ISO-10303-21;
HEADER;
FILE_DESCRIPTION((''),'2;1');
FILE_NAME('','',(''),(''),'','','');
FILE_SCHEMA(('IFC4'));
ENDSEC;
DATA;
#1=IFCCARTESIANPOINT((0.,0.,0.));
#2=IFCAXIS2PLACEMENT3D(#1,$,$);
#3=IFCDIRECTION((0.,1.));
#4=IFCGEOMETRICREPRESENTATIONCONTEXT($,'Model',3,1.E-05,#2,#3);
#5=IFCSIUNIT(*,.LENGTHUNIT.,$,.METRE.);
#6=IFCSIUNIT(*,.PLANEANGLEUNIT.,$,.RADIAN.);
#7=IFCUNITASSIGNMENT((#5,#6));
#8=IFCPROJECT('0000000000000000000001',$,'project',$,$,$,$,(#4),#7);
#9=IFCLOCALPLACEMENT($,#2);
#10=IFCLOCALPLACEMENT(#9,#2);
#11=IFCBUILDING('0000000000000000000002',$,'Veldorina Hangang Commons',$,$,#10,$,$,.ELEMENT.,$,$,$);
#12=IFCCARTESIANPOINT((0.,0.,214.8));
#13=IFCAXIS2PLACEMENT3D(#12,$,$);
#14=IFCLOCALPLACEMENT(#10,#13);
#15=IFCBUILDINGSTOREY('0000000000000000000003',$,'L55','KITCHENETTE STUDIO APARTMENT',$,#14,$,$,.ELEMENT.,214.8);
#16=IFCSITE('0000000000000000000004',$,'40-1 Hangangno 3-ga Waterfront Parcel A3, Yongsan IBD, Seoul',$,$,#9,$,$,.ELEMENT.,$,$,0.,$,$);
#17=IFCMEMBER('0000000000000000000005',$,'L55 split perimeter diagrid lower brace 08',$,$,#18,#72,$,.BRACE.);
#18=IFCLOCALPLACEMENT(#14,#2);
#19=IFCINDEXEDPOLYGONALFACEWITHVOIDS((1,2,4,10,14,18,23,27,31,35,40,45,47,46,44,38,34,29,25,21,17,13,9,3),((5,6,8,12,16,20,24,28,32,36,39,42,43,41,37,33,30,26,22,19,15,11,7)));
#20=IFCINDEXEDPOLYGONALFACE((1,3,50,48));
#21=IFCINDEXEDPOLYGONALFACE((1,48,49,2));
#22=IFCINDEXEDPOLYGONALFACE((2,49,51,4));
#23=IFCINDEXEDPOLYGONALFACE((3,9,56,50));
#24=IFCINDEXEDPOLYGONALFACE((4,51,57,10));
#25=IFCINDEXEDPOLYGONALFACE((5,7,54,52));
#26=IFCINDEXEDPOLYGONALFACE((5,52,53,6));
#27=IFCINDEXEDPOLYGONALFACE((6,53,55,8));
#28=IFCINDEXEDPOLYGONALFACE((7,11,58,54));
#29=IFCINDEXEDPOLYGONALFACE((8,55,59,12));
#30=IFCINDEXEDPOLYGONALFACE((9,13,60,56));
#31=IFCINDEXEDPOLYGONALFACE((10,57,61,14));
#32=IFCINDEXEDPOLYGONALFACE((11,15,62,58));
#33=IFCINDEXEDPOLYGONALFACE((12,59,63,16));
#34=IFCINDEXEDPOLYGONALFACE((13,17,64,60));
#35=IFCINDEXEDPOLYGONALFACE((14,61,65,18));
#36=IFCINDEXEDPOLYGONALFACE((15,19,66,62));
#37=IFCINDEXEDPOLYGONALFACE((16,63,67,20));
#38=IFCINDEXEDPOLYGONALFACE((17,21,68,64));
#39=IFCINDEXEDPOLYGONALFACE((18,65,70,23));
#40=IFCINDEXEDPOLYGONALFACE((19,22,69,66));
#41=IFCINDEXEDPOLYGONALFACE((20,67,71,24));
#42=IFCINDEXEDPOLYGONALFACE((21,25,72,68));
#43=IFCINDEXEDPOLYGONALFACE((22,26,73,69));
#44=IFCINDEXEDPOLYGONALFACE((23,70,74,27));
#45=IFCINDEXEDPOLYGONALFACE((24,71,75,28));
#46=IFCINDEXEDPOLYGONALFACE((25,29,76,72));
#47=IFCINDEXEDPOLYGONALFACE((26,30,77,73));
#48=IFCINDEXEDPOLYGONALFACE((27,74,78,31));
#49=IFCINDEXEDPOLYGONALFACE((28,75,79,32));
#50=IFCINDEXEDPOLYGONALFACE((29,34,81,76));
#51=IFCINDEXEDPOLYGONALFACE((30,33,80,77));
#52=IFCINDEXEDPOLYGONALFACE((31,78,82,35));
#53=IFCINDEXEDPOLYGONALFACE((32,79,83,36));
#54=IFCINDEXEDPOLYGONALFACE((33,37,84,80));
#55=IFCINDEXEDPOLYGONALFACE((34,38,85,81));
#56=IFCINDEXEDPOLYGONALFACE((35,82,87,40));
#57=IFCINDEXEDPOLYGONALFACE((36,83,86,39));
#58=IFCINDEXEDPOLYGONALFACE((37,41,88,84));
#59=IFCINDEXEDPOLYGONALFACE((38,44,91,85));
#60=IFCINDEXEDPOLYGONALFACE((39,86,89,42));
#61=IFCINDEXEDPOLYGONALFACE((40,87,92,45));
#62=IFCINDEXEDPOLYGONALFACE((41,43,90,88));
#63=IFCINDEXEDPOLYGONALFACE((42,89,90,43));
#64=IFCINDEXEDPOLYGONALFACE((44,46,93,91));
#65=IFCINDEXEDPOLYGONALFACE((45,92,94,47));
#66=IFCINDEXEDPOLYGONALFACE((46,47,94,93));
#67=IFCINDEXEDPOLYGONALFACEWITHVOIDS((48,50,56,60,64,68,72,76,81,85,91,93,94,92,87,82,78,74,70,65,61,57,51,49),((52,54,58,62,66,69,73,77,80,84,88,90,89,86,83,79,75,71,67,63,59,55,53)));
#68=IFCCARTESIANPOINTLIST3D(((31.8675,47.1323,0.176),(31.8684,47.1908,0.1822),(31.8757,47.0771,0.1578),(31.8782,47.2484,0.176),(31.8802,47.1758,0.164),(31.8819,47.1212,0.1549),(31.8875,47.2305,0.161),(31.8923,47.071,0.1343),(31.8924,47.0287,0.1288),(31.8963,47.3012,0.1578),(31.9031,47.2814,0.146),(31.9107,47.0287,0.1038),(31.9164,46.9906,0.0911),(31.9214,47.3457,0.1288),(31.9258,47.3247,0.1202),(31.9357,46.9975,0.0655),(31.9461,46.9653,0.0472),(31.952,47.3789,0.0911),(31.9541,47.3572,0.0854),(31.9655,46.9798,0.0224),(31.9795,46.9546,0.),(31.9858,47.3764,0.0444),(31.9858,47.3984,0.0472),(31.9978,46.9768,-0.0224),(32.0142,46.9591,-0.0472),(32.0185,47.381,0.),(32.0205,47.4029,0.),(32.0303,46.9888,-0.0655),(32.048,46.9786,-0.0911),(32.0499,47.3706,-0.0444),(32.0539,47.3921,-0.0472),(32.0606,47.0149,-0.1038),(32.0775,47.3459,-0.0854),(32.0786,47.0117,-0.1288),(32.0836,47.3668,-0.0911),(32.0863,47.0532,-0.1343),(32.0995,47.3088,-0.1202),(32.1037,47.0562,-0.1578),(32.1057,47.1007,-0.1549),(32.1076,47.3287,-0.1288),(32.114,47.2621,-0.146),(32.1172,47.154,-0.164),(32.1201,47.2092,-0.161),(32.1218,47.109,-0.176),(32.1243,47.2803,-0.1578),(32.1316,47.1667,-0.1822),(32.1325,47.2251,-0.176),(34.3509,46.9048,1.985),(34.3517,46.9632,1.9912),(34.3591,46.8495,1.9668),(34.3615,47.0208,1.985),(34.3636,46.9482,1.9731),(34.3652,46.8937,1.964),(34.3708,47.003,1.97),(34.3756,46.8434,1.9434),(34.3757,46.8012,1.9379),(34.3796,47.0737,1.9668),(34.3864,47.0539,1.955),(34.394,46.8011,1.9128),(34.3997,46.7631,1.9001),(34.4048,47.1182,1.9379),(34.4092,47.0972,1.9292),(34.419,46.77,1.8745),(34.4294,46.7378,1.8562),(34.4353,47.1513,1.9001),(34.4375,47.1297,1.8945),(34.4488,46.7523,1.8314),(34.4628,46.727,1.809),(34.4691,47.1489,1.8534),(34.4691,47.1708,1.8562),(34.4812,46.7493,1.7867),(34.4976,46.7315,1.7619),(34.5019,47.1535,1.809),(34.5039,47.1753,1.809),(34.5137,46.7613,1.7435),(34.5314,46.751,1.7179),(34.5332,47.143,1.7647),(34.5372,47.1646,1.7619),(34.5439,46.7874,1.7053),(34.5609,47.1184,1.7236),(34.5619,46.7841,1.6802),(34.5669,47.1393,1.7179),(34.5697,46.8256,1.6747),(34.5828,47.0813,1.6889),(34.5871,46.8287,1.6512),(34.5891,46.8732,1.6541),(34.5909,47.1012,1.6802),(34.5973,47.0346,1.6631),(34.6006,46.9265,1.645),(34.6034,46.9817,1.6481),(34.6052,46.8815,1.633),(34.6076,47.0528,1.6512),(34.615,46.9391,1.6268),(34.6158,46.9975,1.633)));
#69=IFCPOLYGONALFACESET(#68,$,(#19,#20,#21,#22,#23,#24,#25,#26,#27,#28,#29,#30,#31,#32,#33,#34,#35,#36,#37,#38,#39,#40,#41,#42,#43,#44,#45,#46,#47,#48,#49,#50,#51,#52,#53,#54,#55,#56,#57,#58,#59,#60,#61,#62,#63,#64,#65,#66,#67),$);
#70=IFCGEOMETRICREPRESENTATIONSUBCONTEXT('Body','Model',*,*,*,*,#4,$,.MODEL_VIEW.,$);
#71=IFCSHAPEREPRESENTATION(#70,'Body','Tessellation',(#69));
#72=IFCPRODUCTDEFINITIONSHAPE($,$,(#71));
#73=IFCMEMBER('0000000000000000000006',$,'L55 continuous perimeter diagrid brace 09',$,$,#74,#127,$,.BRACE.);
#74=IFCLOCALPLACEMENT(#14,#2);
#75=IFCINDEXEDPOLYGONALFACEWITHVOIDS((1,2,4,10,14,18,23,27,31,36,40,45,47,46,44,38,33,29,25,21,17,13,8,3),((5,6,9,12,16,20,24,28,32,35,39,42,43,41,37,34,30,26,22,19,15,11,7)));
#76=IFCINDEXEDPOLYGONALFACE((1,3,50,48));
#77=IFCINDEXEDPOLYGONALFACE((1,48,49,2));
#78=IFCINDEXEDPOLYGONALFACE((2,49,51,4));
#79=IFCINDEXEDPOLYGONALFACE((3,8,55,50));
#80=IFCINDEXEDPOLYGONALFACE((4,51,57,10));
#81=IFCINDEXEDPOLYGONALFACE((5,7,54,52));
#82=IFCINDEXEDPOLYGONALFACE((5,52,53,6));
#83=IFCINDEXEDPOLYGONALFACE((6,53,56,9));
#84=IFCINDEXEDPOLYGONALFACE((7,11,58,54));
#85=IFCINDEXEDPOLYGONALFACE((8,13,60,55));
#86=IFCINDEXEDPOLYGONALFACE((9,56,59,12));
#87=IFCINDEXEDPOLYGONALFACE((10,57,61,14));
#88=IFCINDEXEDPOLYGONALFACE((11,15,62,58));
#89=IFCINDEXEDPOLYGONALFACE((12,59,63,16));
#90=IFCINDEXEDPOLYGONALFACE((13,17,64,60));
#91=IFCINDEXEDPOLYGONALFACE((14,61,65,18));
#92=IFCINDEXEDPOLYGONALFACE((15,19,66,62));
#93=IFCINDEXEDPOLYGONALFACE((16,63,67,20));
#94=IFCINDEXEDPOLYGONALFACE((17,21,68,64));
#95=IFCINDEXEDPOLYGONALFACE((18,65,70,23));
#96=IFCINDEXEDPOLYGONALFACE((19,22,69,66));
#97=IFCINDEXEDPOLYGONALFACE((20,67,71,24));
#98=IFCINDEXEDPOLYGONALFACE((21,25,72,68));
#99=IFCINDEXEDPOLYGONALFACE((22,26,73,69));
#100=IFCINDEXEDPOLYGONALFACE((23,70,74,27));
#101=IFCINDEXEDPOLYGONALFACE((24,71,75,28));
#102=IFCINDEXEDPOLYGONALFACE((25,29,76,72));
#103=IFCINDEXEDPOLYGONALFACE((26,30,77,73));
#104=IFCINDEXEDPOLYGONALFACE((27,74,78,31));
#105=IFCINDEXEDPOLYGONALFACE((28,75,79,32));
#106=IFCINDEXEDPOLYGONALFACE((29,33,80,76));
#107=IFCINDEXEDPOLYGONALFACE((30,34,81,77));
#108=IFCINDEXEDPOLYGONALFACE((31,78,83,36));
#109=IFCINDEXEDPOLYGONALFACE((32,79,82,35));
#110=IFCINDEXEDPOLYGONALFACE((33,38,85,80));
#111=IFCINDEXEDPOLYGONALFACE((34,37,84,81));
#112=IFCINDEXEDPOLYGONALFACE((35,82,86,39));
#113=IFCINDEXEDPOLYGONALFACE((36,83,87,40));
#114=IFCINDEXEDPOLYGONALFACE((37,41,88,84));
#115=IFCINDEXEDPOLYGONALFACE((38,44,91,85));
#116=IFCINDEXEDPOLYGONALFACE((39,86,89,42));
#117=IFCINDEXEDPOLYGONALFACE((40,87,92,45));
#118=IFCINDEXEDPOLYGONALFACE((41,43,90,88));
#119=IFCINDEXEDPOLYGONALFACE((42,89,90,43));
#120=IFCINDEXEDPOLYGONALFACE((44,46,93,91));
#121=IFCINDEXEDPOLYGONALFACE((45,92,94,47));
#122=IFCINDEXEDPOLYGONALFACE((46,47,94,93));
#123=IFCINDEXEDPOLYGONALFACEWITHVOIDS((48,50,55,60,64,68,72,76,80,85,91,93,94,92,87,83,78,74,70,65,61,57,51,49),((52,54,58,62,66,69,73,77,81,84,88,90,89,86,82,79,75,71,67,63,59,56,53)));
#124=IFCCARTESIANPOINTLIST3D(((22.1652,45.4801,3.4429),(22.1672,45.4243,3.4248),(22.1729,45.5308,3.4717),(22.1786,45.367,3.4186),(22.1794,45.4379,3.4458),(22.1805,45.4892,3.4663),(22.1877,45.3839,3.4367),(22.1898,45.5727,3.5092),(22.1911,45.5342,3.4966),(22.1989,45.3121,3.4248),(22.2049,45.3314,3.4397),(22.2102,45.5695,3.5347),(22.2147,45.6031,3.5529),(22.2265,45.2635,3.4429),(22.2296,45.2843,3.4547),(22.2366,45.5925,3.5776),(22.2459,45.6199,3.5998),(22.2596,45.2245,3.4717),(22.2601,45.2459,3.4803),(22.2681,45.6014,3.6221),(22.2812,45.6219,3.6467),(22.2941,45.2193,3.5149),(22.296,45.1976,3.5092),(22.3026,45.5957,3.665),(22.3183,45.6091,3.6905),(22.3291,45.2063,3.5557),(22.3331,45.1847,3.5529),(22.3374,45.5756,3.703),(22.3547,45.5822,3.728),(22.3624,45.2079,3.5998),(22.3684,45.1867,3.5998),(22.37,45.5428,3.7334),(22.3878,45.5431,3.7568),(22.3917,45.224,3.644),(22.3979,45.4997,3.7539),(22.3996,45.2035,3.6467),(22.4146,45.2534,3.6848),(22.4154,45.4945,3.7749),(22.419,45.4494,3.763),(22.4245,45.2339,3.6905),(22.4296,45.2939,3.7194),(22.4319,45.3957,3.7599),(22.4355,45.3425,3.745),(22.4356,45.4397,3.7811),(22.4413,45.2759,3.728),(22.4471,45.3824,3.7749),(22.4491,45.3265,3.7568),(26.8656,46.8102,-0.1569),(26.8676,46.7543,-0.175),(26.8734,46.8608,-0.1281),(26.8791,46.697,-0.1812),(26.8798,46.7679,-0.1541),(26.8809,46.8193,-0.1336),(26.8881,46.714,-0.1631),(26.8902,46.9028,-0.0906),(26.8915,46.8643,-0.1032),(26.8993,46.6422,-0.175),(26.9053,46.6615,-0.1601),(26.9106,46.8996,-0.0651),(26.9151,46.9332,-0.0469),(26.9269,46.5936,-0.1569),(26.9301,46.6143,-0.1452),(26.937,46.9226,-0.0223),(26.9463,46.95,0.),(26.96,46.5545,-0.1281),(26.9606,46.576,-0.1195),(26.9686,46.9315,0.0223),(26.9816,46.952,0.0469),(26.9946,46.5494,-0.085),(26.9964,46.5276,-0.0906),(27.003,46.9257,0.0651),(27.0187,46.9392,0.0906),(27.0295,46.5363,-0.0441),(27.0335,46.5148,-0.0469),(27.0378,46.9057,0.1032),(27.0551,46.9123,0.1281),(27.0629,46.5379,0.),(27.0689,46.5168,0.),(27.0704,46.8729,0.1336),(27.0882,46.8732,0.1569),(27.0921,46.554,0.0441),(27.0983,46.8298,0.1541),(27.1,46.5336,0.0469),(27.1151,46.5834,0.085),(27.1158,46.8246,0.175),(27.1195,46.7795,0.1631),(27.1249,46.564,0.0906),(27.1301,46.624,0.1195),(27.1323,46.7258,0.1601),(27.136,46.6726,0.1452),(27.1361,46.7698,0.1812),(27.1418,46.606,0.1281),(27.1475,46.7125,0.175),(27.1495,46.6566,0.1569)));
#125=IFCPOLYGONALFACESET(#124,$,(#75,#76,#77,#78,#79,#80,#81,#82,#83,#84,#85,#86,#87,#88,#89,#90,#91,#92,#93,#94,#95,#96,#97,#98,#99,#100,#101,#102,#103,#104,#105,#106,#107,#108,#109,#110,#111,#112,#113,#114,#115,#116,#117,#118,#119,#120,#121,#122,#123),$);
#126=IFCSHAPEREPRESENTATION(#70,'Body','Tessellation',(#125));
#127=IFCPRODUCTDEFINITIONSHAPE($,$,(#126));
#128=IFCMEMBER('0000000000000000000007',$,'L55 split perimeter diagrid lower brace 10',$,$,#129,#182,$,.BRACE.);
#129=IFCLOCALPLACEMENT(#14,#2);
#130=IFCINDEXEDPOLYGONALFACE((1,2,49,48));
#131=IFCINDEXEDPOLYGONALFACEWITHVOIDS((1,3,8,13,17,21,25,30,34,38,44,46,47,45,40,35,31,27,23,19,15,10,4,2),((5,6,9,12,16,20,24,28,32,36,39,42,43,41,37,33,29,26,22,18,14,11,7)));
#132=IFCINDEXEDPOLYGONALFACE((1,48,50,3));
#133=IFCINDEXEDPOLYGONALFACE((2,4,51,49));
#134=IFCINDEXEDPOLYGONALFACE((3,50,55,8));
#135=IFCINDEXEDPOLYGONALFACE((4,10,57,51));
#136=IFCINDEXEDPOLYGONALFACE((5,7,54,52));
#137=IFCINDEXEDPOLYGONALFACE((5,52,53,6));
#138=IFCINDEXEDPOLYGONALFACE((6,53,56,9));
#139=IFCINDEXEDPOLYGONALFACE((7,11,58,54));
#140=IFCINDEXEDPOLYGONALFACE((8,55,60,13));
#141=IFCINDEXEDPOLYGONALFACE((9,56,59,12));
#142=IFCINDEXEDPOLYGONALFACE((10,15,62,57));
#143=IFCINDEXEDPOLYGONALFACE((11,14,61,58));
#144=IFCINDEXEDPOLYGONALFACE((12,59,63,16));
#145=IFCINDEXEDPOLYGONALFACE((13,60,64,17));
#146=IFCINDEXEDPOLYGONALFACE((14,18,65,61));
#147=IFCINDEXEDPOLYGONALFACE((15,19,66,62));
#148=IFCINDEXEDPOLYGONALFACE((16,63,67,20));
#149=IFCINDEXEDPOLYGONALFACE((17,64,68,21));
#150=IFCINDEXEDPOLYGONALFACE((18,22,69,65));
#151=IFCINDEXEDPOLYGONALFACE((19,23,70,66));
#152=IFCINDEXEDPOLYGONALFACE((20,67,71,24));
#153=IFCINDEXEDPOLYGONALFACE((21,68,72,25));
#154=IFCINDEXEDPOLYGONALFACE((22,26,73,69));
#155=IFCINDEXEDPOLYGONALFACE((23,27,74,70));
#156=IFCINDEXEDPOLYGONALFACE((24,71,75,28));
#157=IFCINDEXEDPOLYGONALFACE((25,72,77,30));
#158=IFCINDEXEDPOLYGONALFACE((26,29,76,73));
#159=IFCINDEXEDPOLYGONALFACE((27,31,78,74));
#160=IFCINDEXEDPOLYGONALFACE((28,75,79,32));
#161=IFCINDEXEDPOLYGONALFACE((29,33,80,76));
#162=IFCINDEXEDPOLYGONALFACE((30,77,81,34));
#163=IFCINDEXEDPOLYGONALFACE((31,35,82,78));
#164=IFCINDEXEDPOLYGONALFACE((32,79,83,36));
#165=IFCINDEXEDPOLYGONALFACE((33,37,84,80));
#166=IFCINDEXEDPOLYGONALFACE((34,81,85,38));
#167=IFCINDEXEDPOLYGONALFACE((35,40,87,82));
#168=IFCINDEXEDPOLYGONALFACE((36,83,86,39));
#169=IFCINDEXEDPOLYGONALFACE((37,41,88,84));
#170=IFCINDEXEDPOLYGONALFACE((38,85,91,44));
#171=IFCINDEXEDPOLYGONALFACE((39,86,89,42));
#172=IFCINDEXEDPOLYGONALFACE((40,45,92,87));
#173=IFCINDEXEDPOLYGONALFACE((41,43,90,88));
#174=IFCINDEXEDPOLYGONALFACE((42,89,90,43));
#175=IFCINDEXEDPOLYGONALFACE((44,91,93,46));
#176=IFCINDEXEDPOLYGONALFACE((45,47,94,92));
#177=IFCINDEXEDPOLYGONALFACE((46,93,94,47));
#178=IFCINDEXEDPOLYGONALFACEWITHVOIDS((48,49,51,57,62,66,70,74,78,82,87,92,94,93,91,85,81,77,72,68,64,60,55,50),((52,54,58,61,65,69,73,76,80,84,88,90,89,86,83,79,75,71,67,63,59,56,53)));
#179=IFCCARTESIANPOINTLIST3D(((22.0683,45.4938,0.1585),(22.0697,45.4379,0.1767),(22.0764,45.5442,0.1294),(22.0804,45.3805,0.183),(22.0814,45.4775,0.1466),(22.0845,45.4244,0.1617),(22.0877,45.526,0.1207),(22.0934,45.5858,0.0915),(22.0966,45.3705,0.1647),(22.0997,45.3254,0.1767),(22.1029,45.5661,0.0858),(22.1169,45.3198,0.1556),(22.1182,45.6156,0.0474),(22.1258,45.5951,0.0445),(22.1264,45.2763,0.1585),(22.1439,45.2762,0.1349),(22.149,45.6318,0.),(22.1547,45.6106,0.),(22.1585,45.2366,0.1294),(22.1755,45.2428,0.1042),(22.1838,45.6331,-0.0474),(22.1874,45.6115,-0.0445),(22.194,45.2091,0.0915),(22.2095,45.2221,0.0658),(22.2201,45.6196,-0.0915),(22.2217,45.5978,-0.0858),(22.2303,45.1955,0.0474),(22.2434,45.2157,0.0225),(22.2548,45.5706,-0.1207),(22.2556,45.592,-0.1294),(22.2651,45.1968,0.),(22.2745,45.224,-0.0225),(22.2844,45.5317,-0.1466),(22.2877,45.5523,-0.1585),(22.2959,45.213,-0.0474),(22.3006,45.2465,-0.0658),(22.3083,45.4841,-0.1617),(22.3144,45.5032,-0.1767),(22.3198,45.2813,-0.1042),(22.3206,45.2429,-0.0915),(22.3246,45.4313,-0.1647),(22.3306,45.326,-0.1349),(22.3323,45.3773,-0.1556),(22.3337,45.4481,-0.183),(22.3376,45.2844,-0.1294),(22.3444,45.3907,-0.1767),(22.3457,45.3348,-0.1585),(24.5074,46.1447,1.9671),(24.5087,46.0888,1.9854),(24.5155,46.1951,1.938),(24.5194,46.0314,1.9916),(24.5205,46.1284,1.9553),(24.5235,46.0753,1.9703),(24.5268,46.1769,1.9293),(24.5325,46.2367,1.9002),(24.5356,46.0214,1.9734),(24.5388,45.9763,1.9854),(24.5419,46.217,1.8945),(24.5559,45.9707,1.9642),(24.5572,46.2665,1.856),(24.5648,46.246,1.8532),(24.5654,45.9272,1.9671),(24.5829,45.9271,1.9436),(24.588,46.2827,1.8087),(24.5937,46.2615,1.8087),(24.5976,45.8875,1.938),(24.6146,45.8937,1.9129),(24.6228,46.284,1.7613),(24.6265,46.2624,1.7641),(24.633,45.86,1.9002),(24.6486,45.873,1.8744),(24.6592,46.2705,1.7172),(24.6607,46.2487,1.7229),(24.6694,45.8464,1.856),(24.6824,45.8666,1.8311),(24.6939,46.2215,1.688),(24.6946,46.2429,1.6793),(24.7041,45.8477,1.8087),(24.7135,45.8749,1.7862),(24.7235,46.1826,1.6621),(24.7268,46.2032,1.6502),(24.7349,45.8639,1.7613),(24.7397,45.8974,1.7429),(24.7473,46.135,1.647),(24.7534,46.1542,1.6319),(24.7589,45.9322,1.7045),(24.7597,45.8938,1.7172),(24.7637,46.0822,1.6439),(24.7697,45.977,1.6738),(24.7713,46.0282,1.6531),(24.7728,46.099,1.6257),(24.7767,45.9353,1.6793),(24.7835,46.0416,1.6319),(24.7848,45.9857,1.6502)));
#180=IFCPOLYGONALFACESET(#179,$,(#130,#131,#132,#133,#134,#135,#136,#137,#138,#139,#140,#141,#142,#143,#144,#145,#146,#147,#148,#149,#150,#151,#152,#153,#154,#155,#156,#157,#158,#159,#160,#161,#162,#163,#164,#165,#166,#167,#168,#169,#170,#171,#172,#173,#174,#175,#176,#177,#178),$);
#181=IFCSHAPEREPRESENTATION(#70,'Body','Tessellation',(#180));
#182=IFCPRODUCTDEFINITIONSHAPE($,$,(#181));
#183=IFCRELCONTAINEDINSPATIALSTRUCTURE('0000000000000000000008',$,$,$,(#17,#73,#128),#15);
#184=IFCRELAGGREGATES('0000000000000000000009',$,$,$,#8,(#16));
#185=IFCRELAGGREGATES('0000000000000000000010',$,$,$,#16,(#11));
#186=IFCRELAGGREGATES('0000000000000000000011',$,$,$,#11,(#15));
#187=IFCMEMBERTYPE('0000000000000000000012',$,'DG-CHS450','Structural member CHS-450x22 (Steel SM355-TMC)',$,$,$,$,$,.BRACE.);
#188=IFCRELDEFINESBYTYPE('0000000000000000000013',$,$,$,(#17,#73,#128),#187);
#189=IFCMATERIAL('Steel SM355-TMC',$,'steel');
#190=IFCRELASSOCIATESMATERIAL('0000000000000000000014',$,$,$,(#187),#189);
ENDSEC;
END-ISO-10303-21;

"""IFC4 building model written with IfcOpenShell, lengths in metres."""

from ifc_helpers import new_model, si_unit, direction, frame, origin, origin_2d, place, context, subcontext, project, spatial, hollow_circle, extrude, material, material_profile, profile_set, type_object, element, save


model = new_model("IFC4")

# Units and contexts
model_context = context("Model", 3, precision=1e-05, world=origin(), true_north=direction((0.0, 1.0)))
body_context = subcontext(model_context, "Body", "Model", "MODEL_VIEW")
ifc_project = project(units=[si_unit("LENGTHUNIT", "METRE"), si_unit("PLANEANGLEUNIT", "RADIAN")], contexts=[model_context])

# Site, building, storey
site_placement = place(None, origin())
site = spatial("IfcSite", under=ifc_project, at=site_placement, Name="40-1 Hangangno 3-ga Waterfront Parcel A3, Yongsan IBD, Seoul", CompositionType="ELEMENT", RefElevation=0.0)
building_placement = place(site_placement, origin())
building = spatial("IfcBuilding", under=site, at=building_placement, Name="Veldorina Hangang Commons", CompositionType="ELEMENT")
storey_placement = place(building_placement, frame((0.0, 0.0, 214.8)))
storey = spatial("IfcBuildingStorey", under=building, at=storey_placement, Name="L55", Description="KITCHENETTE STUDIO APARTMENT", CompositionType="ELEMENT", Elevation=214.8)

# Shared definitions
ifc_material_1 = material(Name="Steel SM355-TMC", Category="steel")

# Members
ifc_material_profile_1 = material_profile(ifc_material_1, hollow_circle(Radius=0.2251, WallThickness=0.022, at=origin_2d()), Name="CHS-450x22")
ifc_profile_set_1 = profile_set([ifc_material_profile_1], Name="Steel SM355-TMC")
member_type_1 = type_object("IfcMemberType", Name="DG-CHS450", Description="Structural member CHS-450x22 (Steel SM355-TMC)", PredefinedType="BRACE", material=ifc_profile_set_1)
member_1_placement = place(storey_placement, frame((32.0, 47.1787, 0.0), z_axis=(0.806068, -0.073855, 0.587197), x_axis=(0.091242, 0.995829, 0.0)))
element("IfcMember", 1, at=member_1_placement, inside=storey, type_object=member_type_1, Name="L55 split perimeter diagrid lower brace 08", PredefinedType="BRACE", context=body_context, shape_type="SweptSolid", body=[
    extrude(hollow_circle(Radius=0.2251, WallThickness=0.022, at=origin_2d()), origin(), (0.0, 0.0, 1.0), 3.0808),
])
member_2_placement = place(storey_placement, frame((27.0076, 46.7334, 0.0), z_axis=(-0.774611, -0.219191, 0.593239), x_axis=(0.272278, -0.962219, 0.0)))
element("IfcMember", 2, at=member_2_placement, inside=storey, type_object=member_type_1, Name="L55 continuous perimeter diagrid brace 09", PredefinedType="BRACE", context=body_context, shape_type="SweptSolid", body=[
    extrude(hollow_circle(Radius=0.2251, WallThickness=0.022, at=origin_2d()), origin(), (0.0, 0.0, 1.0), 6.0681),
])
member_3_placement = place(storey_placement, frame((22.207, 45.4143, 0.0), z_axis=(0.785407, 0.209599, 0.582412), x_axis=(-0.257843, 0.966187, 0.0)))
element("IfcMember", 3, at=member_3_placement, inside=storey, type_object=member_type_1, Name="L55 split perimeter diagrid lower brace 10", PredefinedType="BRACE", context=body_context, shape_type="SweptSolid", body=[
    extrude(hollow_circle(Radius=0.2251, WallThickness=0.022, at=origin_2d()), origin(), (0.0, 0.0, 1.0), 3.1055),
])

save(model, "model.ifc")
